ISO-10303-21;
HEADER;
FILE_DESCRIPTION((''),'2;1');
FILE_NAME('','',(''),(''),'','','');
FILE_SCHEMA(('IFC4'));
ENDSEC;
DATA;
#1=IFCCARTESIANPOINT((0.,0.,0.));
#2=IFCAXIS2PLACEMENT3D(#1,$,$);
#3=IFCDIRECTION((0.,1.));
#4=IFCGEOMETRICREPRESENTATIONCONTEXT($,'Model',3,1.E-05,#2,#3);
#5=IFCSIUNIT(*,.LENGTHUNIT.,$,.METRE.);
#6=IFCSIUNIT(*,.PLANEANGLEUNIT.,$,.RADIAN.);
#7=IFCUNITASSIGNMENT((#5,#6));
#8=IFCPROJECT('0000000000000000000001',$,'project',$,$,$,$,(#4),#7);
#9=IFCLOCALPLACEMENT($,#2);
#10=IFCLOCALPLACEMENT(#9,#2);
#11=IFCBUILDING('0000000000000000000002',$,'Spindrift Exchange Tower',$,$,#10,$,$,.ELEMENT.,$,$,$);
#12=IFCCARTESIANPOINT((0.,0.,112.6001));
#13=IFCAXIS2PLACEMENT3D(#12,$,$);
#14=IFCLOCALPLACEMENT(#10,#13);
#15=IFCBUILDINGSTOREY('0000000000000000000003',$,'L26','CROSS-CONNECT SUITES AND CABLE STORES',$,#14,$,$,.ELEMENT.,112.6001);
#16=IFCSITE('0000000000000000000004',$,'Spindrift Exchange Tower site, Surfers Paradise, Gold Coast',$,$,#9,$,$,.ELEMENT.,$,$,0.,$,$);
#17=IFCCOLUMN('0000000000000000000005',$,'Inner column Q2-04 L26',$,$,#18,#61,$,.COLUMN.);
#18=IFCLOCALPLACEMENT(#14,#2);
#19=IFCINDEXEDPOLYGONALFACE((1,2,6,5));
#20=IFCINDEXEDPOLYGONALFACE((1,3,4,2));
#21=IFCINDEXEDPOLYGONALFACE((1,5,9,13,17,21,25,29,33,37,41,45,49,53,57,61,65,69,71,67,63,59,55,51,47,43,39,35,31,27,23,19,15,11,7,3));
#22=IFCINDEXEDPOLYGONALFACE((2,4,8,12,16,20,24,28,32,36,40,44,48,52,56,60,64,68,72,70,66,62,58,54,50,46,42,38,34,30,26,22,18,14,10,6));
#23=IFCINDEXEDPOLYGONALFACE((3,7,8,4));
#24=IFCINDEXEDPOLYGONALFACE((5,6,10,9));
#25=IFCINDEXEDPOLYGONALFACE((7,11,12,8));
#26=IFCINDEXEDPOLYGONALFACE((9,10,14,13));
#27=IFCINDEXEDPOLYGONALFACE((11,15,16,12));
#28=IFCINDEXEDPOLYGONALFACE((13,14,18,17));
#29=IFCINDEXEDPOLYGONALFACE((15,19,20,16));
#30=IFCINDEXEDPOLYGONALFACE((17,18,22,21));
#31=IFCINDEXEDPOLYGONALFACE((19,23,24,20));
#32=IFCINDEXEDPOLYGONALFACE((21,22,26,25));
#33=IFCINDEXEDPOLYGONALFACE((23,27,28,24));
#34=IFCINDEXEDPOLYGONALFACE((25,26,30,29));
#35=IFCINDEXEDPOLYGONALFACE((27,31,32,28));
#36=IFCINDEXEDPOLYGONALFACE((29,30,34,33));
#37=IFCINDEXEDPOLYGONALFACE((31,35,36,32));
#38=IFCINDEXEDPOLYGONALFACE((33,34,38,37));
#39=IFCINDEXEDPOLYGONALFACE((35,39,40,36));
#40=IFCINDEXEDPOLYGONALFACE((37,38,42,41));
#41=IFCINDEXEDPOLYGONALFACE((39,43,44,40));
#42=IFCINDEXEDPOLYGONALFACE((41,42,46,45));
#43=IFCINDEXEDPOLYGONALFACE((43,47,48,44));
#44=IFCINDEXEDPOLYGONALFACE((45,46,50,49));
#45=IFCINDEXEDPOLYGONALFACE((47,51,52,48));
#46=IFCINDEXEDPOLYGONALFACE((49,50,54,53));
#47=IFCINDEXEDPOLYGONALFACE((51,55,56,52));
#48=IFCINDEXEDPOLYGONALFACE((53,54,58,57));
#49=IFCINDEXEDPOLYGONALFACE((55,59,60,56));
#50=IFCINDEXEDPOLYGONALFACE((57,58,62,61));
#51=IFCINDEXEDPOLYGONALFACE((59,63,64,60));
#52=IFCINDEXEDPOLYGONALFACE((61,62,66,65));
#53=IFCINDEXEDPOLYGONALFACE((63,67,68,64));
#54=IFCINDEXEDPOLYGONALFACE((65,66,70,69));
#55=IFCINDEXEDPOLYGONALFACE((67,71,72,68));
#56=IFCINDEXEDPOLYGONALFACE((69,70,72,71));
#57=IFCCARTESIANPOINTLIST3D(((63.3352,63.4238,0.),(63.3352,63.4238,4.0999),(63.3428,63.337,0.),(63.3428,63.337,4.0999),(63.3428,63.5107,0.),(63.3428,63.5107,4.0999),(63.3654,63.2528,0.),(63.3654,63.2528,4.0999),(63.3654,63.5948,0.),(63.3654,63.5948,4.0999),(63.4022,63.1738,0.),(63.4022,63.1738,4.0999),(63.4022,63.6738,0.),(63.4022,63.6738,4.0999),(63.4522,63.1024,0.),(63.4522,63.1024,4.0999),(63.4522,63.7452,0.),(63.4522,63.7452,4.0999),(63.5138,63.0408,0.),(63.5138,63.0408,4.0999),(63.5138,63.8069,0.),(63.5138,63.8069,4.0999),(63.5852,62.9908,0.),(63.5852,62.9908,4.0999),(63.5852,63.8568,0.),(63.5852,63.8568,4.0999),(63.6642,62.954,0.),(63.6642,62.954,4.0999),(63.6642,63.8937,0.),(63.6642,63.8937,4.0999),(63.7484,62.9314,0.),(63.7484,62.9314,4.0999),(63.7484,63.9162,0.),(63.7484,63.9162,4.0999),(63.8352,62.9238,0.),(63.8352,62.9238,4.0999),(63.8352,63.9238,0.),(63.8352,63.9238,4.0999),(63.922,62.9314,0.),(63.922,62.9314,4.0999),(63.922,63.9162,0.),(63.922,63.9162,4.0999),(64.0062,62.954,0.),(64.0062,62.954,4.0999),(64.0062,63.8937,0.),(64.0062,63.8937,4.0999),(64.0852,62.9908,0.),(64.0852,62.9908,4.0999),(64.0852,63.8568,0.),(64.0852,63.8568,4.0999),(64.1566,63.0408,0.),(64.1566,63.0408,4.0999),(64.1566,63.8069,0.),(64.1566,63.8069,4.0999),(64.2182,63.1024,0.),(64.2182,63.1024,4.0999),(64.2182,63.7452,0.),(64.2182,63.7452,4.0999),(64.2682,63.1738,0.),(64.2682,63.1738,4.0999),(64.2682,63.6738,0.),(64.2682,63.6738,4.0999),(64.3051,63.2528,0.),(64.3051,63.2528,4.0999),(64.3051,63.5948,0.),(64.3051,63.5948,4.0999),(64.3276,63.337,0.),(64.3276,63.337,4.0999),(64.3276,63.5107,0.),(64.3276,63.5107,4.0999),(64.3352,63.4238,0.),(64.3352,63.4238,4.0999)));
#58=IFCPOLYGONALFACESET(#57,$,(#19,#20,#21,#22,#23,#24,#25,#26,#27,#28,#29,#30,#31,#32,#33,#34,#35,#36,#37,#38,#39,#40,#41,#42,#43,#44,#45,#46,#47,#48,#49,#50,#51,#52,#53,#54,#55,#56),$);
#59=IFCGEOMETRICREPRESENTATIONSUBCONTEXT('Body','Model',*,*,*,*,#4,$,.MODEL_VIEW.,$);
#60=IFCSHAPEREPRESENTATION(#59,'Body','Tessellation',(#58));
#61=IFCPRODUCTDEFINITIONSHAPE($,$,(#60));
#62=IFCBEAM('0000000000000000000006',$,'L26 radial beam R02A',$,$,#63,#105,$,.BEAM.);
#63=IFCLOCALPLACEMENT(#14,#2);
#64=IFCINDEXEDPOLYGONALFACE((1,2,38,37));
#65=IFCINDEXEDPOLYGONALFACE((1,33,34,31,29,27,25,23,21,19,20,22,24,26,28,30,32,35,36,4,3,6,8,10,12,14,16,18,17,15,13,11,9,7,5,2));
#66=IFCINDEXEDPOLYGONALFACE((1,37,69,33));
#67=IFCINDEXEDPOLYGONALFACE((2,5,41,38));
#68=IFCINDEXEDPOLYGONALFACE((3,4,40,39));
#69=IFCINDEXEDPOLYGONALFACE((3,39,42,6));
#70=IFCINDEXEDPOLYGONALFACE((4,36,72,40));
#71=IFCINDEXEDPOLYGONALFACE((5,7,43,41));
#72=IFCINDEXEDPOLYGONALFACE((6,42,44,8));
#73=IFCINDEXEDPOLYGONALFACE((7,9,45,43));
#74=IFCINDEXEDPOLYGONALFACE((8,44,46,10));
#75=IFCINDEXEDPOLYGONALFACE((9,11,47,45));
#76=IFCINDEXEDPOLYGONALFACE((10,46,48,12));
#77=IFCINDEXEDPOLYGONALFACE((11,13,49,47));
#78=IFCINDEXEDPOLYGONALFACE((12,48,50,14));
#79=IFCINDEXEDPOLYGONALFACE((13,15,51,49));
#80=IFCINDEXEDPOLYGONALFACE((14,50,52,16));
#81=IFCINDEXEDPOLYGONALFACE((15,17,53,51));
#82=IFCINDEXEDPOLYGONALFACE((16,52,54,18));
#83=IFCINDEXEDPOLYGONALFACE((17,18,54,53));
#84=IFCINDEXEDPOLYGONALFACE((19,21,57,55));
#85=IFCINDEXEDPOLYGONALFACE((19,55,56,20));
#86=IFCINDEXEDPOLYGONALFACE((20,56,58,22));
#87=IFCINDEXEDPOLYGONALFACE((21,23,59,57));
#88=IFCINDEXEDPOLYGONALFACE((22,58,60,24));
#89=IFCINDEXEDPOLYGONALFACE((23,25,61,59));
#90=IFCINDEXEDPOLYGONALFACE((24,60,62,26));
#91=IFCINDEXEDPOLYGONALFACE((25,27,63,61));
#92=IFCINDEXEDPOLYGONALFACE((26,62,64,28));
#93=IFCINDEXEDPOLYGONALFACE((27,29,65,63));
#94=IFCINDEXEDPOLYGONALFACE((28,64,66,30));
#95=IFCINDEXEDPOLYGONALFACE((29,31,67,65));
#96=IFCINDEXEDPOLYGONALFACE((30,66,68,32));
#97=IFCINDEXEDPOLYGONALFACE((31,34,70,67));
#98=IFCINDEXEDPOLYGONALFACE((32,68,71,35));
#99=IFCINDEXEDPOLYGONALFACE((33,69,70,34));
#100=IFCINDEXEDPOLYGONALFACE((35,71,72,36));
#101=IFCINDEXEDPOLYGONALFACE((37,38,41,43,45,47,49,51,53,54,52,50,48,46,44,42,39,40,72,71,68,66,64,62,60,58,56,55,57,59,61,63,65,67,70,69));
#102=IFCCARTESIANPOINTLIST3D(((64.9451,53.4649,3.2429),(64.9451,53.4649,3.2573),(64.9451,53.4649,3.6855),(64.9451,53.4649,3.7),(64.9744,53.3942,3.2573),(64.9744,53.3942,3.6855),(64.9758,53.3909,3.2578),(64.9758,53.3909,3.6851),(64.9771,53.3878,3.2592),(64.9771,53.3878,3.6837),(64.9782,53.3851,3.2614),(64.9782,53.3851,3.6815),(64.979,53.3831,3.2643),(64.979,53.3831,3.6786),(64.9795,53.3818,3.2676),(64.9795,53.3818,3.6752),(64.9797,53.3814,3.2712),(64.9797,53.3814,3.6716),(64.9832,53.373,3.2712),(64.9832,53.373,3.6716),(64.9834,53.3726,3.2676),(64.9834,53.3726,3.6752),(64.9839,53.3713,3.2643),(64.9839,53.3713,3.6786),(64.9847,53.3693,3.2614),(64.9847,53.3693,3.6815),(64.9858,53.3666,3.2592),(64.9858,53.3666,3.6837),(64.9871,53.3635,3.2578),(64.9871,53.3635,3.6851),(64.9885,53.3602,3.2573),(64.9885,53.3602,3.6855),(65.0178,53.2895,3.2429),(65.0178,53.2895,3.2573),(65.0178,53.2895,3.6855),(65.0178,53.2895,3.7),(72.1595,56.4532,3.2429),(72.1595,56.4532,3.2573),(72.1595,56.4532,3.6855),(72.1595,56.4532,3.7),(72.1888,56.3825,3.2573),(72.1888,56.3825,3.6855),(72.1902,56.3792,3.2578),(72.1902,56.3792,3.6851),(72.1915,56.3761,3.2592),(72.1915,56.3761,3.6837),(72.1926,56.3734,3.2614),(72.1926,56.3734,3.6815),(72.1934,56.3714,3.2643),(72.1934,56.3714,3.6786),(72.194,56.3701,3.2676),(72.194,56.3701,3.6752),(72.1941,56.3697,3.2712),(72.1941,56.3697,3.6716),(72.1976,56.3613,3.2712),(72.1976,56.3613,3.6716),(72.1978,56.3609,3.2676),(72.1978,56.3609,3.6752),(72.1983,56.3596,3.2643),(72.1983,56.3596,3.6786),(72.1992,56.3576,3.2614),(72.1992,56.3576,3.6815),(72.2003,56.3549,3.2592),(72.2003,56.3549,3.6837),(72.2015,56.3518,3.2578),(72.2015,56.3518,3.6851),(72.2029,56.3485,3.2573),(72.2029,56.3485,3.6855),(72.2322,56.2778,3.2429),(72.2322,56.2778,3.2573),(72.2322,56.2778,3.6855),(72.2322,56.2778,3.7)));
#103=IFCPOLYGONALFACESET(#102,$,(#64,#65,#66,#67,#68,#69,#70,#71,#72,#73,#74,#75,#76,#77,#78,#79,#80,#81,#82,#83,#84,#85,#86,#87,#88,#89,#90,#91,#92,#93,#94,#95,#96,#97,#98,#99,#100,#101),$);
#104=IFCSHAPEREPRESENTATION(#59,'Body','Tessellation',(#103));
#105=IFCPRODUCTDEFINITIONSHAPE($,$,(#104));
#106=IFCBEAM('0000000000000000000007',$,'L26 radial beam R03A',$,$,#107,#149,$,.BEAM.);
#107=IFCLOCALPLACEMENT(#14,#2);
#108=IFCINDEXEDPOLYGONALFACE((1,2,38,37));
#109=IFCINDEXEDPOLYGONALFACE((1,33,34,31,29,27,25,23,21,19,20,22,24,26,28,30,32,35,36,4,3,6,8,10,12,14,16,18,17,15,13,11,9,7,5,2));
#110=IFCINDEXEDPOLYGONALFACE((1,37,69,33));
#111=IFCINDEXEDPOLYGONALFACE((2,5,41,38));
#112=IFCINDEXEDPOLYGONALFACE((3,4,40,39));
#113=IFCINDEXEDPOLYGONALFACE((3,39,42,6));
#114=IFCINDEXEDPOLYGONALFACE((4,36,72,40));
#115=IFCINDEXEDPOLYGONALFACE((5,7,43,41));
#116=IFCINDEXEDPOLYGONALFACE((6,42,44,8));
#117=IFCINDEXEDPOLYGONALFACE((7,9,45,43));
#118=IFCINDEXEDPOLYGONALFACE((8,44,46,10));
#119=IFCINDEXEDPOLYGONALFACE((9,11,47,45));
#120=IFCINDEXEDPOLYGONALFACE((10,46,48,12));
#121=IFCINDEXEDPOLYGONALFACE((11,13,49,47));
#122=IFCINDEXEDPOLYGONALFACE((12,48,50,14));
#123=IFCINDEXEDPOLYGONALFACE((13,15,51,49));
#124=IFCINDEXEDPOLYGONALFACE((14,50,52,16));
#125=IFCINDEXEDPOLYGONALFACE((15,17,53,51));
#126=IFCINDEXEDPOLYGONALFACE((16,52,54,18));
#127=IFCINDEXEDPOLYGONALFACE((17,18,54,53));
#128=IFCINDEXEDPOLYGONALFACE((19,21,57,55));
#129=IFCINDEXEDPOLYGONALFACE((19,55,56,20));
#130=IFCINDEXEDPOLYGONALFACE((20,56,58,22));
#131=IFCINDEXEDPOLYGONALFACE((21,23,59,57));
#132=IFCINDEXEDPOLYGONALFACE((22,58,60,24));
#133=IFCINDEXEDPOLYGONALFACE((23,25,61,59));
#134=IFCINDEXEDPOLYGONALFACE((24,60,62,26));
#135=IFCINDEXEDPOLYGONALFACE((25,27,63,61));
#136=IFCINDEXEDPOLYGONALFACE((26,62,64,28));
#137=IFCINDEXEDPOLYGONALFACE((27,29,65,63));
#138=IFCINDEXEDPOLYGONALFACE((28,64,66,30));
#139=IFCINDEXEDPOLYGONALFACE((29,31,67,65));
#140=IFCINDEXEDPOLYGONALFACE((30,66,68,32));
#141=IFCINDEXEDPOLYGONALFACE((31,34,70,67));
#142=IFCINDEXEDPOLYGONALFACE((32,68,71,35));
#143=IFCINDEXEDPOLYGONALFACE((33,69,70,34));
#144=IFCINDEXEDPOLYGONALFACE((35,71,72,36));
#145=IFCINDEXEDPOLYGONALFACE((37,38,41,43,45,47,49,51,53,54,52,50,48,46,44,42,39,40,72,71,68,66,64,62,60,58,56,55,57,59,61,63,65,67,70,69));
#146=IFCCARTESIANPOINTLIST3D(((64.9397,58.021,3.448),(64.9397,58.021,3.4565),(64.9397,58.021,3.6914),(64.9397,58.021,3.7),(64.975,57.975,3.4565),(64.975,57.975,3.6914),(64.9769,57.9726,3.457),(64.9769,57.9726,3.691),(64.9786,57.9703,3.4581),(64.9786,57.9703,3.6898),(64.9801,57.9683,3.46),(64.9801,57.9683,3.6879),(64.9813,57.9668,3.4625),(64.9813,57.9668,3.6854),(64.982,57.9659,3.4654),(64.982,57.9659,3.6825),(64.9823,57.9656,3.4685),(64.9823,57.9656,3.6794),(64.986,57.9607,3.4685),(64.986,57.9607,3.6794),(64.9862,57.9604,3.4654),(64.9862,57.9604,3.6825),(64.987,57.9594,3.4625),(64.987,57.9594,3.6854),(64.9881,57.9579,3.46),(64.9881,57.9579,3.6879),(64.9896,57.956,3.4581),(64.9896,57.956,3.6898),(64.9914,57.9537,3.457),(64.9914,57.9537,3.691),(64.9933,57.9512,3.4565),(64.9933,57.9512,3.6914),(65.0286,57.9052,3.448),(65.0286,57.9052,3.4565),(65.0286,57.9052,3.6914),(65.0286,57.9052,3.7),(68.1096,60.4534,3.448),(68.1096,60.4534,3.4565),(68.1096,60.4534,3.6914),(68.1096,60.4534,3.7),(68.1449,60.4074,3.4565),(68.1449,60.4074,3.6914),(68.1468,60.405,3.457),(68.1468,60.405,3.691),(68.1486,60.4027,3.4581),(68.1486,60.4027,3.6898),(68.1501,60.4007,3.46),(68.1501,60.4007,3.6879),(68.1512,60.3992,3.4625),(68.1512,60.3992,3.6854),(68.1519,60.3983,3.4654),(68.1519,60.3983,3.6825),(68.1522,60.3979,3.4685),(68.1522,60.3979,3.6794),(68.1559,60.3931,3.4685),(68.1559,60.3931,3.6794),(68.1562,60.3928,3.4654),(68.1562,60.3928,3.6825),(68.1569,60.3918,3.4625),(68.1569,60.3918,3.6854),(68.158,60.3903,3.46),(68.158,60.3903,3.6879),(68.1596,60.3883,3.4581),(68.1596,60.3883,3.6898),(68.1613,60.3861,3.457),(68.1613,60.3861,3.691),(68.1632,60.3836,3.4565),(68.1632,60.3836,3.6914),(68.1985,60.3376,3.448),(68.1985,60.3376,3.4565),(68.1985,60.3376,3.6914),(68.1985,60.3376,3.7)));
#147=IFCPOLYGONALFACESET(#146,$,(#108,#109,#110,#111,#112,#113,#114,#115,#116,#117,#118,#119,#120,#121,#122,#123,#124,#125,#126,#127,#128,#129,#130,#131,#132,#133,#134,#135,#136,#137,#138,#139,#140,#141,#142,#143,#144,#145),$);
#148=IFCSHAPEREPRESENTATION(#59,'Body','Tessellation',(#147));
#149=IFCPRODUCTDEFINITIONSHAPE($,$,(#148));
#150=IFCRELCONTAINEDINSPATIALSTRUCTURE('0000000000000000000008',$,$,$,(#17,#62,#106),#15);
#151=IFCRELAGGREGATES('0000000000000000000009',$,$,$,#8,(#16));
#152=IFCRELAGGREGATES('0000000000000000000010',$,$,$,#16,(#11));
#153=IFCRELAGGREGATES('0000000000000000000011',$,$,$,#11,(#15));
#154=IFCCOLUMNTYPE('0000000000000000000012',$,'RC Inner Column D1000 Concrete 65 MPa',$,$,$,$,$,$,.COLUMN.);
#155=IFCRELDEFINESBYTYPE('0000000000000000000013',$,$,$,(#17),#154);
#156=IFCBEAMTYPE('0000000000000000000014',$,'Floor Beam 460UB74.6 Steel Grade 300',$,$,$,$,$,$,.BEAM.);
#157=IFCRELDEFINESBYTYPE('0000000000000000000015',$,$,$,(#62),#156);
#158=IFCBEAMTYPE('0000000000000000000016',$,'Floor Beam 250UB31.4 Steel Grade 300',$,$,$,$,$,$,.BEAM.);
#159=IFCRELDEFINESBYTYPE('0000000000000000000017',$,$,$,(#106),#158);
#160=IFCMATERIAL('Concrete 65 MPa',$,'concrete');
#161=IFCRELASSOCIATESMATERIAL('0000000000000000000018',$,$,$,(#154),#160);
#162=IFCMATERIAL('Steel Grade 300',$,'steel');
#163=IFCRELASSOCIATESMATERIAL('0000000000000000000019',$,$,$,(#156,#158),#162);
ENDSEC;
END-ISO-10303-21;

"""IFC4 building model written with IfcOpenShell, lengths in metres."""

from ifc_helpers import new_model, si_unit, direction, frame, origin, origin_2d, place, context, subcontext, project, spatial, circle, i_section, extrude, source, transform, mapped, material, material_profile, profile_set, type_object, element, save


model = new_model("IFC4")

# Units and contexts
model_context = context("Model", 3, precision=1e-05, world=origin(), true_north=direction((0.0, 1.0)))
body_context = subcontext(model_context, "Body", "Model", "MODEL_VIEW")
ifc_project = project(units=[si_unit("LENGTHUNIT", "METRE"), si_unit("PLANEANGLEUNIT", "RADIAN")], contexts=[model_context])

# Site, building, storey
site_placement = place(None, origin())
site = spatial("IfcSite", under=ifc_project, at=site_placement, Name="Spindrift Exchange Tower site, Surfers Paradise, Gold Coast", CompositionType="ELEMENT", RefElevation=0.0)
building_placement = place(site_placement, origin())
building = spatial("IfcBuilding", under=site, at=building_placement, Name="Spindrift Exchange Tower", CompositionType="ELEMENT")
storey_placement = place(building_placement, frame((0.0, 0.0, 112.6001)))
storey = spatial("IfcBuildingStorey", under=building, at=storey_placement, Name="L26", Description="CROSS-CONNECT SUITES AND CABLE STORES", CompositionType="ELEMENT", Elevation=112.6001)

# Column
ifc_material_1 = material(Name="Concrete 65 MPa", Category="concrete")
ifc_material_profile_1 = material_profile(ifc_material_1, circle(Radius=0.5, at=origin_2d()), Name="RC D1000")
ifc_profile_set_1 = profile_set([ifc_material_profile_1], Name="Concrete 65 MPa")
column_type = type_object("IfcColumnType", Name="RC Inner Column D1000 Concrete 65 MPa", PredefinedType="COLUMN", material=ifc_profile_set_1)
shared_shape_1 = source(origin(), body_context, "Body", "SweptSolid", [
    extrude(circle(Radius=0.5, at=origin_2d()), origin(), (0.0, 0.0, 1.0), 4.0999),
])
column_placement = place(storey_placement, frame((63.8352, 63.4238, 0.0), z_axis=(0.0, 0.0, 1.0), x_axis=(1.0, 0.0, 0.0)))
element("IfcColumn", 1, at=column_placement, inside=storey, type_object=column_type, Name="Inner column Q2-04 L26", PredefinedType="COLUMN", context=body_context, shape_type="MappedRepresentation", body=[
    mapped(shared_shape_1, transform((0.0, 0.0, 0.0), scale=1.0)),
])

# Beams
ifc_material_2 = material(Name="Steel Grade 300", Category="steel")
ifc_material_profile_2 = material_profile(ifc_material_2, i_section(OverallWidth=0.1899, OverallDepth=0.457, WebThickness=0.009, FlangeThickness=0.0144, FilletRadius=0.0139, at=origin_2d()), Name="460UB74.6")
ifc_profile_set_2 = profile_set([ifc_material_profile_2], Name="Steel Grade 300")
beam_type_1 = type_object("IfcBeamType", Name="Floor Beam 460UB74.6 Steel Grade 300", PredefinedType="BEAM", material=ifc_profile_set_2)
shared_shape_2 = source(origin(), body_context, "Body", "SweptSolid", [
    extrude(i_section(OverallWidth=0.1899, OverallDepth=0.457, WebThickness=0.009, FlangeThickness=0.0144, FilletRadius=0.0139, at=origin_2d()), origin(), (0.0, 0.0, 1.0), 7.8088),
])
beam_1_placement = place(storey_placement, frame((64.9814, 53.3772, 3.4714), z_axis=(0.92388, 0.382683, 0.0), x_axis=(-0.382683, 0.92388, 0.0)))
element("IfcBeam", 2, at=beam_1_placement, inside=storey, type_object=beam_type_1, Name="L26 radial beam R02A", PredefinedType="BEAM", context=body_context, shape_type="MappedRepresentation", body=[
    mapped(shared_shape_2, transform((0.0, 0.0, 0.0), scale=1.0)),
])
ifc_material_profile_3 = material_profile(ifc_material_2, i_section(OverallWidth=0.146, OverallDepth=0.252, WebThickness=0.0061, FlangeThickness=0.0085, FilletRadius=0.012, at=origin_2d()), Name="250UB31.4")
ifc_profile_set_3 = profile_set([ifc_material_profile_3], Name="Steel Grade 300")
beam_type_2 = type_object("IfcBeamType", Name="Floor Beam 250UB31.4 Steel Grade 300", PredefinedType="BEAM", material=ifc_profile_set_3)
shared_shape_3 = source(origin(), body_context, "Body", "SweptSolid", [
    extrude(i_section(OverallWidth=0.146, OverallDepth=0.252, WebThickness=0.0061, FlangeThickness=0.0085, FilletRadius=0.012, at=origin_2d()), origin(), (0.0, 0.0, 1.0), 3.9956),
])
beam_2_placement = place(storey_placement, frame((64.9841, 57.9631, 3.574), z_axis=(0.793353, 0.608762, 0.0), x_axis=(-0.608762, 0.793353, 0.0)))
element("IfcBeam", 3, at=beam_2_placement, inside=storey, type_object=beam_type_2, Name="L26 radial beam R03A", PredefinedType="BEAM", context=body_context, shape_type="MappedRepresentation", body=[
    mapped(shared_shape_3, transform((0.0, 0.0, 0.0), scale=1.0)),
])

save(model, "model.ifc")
